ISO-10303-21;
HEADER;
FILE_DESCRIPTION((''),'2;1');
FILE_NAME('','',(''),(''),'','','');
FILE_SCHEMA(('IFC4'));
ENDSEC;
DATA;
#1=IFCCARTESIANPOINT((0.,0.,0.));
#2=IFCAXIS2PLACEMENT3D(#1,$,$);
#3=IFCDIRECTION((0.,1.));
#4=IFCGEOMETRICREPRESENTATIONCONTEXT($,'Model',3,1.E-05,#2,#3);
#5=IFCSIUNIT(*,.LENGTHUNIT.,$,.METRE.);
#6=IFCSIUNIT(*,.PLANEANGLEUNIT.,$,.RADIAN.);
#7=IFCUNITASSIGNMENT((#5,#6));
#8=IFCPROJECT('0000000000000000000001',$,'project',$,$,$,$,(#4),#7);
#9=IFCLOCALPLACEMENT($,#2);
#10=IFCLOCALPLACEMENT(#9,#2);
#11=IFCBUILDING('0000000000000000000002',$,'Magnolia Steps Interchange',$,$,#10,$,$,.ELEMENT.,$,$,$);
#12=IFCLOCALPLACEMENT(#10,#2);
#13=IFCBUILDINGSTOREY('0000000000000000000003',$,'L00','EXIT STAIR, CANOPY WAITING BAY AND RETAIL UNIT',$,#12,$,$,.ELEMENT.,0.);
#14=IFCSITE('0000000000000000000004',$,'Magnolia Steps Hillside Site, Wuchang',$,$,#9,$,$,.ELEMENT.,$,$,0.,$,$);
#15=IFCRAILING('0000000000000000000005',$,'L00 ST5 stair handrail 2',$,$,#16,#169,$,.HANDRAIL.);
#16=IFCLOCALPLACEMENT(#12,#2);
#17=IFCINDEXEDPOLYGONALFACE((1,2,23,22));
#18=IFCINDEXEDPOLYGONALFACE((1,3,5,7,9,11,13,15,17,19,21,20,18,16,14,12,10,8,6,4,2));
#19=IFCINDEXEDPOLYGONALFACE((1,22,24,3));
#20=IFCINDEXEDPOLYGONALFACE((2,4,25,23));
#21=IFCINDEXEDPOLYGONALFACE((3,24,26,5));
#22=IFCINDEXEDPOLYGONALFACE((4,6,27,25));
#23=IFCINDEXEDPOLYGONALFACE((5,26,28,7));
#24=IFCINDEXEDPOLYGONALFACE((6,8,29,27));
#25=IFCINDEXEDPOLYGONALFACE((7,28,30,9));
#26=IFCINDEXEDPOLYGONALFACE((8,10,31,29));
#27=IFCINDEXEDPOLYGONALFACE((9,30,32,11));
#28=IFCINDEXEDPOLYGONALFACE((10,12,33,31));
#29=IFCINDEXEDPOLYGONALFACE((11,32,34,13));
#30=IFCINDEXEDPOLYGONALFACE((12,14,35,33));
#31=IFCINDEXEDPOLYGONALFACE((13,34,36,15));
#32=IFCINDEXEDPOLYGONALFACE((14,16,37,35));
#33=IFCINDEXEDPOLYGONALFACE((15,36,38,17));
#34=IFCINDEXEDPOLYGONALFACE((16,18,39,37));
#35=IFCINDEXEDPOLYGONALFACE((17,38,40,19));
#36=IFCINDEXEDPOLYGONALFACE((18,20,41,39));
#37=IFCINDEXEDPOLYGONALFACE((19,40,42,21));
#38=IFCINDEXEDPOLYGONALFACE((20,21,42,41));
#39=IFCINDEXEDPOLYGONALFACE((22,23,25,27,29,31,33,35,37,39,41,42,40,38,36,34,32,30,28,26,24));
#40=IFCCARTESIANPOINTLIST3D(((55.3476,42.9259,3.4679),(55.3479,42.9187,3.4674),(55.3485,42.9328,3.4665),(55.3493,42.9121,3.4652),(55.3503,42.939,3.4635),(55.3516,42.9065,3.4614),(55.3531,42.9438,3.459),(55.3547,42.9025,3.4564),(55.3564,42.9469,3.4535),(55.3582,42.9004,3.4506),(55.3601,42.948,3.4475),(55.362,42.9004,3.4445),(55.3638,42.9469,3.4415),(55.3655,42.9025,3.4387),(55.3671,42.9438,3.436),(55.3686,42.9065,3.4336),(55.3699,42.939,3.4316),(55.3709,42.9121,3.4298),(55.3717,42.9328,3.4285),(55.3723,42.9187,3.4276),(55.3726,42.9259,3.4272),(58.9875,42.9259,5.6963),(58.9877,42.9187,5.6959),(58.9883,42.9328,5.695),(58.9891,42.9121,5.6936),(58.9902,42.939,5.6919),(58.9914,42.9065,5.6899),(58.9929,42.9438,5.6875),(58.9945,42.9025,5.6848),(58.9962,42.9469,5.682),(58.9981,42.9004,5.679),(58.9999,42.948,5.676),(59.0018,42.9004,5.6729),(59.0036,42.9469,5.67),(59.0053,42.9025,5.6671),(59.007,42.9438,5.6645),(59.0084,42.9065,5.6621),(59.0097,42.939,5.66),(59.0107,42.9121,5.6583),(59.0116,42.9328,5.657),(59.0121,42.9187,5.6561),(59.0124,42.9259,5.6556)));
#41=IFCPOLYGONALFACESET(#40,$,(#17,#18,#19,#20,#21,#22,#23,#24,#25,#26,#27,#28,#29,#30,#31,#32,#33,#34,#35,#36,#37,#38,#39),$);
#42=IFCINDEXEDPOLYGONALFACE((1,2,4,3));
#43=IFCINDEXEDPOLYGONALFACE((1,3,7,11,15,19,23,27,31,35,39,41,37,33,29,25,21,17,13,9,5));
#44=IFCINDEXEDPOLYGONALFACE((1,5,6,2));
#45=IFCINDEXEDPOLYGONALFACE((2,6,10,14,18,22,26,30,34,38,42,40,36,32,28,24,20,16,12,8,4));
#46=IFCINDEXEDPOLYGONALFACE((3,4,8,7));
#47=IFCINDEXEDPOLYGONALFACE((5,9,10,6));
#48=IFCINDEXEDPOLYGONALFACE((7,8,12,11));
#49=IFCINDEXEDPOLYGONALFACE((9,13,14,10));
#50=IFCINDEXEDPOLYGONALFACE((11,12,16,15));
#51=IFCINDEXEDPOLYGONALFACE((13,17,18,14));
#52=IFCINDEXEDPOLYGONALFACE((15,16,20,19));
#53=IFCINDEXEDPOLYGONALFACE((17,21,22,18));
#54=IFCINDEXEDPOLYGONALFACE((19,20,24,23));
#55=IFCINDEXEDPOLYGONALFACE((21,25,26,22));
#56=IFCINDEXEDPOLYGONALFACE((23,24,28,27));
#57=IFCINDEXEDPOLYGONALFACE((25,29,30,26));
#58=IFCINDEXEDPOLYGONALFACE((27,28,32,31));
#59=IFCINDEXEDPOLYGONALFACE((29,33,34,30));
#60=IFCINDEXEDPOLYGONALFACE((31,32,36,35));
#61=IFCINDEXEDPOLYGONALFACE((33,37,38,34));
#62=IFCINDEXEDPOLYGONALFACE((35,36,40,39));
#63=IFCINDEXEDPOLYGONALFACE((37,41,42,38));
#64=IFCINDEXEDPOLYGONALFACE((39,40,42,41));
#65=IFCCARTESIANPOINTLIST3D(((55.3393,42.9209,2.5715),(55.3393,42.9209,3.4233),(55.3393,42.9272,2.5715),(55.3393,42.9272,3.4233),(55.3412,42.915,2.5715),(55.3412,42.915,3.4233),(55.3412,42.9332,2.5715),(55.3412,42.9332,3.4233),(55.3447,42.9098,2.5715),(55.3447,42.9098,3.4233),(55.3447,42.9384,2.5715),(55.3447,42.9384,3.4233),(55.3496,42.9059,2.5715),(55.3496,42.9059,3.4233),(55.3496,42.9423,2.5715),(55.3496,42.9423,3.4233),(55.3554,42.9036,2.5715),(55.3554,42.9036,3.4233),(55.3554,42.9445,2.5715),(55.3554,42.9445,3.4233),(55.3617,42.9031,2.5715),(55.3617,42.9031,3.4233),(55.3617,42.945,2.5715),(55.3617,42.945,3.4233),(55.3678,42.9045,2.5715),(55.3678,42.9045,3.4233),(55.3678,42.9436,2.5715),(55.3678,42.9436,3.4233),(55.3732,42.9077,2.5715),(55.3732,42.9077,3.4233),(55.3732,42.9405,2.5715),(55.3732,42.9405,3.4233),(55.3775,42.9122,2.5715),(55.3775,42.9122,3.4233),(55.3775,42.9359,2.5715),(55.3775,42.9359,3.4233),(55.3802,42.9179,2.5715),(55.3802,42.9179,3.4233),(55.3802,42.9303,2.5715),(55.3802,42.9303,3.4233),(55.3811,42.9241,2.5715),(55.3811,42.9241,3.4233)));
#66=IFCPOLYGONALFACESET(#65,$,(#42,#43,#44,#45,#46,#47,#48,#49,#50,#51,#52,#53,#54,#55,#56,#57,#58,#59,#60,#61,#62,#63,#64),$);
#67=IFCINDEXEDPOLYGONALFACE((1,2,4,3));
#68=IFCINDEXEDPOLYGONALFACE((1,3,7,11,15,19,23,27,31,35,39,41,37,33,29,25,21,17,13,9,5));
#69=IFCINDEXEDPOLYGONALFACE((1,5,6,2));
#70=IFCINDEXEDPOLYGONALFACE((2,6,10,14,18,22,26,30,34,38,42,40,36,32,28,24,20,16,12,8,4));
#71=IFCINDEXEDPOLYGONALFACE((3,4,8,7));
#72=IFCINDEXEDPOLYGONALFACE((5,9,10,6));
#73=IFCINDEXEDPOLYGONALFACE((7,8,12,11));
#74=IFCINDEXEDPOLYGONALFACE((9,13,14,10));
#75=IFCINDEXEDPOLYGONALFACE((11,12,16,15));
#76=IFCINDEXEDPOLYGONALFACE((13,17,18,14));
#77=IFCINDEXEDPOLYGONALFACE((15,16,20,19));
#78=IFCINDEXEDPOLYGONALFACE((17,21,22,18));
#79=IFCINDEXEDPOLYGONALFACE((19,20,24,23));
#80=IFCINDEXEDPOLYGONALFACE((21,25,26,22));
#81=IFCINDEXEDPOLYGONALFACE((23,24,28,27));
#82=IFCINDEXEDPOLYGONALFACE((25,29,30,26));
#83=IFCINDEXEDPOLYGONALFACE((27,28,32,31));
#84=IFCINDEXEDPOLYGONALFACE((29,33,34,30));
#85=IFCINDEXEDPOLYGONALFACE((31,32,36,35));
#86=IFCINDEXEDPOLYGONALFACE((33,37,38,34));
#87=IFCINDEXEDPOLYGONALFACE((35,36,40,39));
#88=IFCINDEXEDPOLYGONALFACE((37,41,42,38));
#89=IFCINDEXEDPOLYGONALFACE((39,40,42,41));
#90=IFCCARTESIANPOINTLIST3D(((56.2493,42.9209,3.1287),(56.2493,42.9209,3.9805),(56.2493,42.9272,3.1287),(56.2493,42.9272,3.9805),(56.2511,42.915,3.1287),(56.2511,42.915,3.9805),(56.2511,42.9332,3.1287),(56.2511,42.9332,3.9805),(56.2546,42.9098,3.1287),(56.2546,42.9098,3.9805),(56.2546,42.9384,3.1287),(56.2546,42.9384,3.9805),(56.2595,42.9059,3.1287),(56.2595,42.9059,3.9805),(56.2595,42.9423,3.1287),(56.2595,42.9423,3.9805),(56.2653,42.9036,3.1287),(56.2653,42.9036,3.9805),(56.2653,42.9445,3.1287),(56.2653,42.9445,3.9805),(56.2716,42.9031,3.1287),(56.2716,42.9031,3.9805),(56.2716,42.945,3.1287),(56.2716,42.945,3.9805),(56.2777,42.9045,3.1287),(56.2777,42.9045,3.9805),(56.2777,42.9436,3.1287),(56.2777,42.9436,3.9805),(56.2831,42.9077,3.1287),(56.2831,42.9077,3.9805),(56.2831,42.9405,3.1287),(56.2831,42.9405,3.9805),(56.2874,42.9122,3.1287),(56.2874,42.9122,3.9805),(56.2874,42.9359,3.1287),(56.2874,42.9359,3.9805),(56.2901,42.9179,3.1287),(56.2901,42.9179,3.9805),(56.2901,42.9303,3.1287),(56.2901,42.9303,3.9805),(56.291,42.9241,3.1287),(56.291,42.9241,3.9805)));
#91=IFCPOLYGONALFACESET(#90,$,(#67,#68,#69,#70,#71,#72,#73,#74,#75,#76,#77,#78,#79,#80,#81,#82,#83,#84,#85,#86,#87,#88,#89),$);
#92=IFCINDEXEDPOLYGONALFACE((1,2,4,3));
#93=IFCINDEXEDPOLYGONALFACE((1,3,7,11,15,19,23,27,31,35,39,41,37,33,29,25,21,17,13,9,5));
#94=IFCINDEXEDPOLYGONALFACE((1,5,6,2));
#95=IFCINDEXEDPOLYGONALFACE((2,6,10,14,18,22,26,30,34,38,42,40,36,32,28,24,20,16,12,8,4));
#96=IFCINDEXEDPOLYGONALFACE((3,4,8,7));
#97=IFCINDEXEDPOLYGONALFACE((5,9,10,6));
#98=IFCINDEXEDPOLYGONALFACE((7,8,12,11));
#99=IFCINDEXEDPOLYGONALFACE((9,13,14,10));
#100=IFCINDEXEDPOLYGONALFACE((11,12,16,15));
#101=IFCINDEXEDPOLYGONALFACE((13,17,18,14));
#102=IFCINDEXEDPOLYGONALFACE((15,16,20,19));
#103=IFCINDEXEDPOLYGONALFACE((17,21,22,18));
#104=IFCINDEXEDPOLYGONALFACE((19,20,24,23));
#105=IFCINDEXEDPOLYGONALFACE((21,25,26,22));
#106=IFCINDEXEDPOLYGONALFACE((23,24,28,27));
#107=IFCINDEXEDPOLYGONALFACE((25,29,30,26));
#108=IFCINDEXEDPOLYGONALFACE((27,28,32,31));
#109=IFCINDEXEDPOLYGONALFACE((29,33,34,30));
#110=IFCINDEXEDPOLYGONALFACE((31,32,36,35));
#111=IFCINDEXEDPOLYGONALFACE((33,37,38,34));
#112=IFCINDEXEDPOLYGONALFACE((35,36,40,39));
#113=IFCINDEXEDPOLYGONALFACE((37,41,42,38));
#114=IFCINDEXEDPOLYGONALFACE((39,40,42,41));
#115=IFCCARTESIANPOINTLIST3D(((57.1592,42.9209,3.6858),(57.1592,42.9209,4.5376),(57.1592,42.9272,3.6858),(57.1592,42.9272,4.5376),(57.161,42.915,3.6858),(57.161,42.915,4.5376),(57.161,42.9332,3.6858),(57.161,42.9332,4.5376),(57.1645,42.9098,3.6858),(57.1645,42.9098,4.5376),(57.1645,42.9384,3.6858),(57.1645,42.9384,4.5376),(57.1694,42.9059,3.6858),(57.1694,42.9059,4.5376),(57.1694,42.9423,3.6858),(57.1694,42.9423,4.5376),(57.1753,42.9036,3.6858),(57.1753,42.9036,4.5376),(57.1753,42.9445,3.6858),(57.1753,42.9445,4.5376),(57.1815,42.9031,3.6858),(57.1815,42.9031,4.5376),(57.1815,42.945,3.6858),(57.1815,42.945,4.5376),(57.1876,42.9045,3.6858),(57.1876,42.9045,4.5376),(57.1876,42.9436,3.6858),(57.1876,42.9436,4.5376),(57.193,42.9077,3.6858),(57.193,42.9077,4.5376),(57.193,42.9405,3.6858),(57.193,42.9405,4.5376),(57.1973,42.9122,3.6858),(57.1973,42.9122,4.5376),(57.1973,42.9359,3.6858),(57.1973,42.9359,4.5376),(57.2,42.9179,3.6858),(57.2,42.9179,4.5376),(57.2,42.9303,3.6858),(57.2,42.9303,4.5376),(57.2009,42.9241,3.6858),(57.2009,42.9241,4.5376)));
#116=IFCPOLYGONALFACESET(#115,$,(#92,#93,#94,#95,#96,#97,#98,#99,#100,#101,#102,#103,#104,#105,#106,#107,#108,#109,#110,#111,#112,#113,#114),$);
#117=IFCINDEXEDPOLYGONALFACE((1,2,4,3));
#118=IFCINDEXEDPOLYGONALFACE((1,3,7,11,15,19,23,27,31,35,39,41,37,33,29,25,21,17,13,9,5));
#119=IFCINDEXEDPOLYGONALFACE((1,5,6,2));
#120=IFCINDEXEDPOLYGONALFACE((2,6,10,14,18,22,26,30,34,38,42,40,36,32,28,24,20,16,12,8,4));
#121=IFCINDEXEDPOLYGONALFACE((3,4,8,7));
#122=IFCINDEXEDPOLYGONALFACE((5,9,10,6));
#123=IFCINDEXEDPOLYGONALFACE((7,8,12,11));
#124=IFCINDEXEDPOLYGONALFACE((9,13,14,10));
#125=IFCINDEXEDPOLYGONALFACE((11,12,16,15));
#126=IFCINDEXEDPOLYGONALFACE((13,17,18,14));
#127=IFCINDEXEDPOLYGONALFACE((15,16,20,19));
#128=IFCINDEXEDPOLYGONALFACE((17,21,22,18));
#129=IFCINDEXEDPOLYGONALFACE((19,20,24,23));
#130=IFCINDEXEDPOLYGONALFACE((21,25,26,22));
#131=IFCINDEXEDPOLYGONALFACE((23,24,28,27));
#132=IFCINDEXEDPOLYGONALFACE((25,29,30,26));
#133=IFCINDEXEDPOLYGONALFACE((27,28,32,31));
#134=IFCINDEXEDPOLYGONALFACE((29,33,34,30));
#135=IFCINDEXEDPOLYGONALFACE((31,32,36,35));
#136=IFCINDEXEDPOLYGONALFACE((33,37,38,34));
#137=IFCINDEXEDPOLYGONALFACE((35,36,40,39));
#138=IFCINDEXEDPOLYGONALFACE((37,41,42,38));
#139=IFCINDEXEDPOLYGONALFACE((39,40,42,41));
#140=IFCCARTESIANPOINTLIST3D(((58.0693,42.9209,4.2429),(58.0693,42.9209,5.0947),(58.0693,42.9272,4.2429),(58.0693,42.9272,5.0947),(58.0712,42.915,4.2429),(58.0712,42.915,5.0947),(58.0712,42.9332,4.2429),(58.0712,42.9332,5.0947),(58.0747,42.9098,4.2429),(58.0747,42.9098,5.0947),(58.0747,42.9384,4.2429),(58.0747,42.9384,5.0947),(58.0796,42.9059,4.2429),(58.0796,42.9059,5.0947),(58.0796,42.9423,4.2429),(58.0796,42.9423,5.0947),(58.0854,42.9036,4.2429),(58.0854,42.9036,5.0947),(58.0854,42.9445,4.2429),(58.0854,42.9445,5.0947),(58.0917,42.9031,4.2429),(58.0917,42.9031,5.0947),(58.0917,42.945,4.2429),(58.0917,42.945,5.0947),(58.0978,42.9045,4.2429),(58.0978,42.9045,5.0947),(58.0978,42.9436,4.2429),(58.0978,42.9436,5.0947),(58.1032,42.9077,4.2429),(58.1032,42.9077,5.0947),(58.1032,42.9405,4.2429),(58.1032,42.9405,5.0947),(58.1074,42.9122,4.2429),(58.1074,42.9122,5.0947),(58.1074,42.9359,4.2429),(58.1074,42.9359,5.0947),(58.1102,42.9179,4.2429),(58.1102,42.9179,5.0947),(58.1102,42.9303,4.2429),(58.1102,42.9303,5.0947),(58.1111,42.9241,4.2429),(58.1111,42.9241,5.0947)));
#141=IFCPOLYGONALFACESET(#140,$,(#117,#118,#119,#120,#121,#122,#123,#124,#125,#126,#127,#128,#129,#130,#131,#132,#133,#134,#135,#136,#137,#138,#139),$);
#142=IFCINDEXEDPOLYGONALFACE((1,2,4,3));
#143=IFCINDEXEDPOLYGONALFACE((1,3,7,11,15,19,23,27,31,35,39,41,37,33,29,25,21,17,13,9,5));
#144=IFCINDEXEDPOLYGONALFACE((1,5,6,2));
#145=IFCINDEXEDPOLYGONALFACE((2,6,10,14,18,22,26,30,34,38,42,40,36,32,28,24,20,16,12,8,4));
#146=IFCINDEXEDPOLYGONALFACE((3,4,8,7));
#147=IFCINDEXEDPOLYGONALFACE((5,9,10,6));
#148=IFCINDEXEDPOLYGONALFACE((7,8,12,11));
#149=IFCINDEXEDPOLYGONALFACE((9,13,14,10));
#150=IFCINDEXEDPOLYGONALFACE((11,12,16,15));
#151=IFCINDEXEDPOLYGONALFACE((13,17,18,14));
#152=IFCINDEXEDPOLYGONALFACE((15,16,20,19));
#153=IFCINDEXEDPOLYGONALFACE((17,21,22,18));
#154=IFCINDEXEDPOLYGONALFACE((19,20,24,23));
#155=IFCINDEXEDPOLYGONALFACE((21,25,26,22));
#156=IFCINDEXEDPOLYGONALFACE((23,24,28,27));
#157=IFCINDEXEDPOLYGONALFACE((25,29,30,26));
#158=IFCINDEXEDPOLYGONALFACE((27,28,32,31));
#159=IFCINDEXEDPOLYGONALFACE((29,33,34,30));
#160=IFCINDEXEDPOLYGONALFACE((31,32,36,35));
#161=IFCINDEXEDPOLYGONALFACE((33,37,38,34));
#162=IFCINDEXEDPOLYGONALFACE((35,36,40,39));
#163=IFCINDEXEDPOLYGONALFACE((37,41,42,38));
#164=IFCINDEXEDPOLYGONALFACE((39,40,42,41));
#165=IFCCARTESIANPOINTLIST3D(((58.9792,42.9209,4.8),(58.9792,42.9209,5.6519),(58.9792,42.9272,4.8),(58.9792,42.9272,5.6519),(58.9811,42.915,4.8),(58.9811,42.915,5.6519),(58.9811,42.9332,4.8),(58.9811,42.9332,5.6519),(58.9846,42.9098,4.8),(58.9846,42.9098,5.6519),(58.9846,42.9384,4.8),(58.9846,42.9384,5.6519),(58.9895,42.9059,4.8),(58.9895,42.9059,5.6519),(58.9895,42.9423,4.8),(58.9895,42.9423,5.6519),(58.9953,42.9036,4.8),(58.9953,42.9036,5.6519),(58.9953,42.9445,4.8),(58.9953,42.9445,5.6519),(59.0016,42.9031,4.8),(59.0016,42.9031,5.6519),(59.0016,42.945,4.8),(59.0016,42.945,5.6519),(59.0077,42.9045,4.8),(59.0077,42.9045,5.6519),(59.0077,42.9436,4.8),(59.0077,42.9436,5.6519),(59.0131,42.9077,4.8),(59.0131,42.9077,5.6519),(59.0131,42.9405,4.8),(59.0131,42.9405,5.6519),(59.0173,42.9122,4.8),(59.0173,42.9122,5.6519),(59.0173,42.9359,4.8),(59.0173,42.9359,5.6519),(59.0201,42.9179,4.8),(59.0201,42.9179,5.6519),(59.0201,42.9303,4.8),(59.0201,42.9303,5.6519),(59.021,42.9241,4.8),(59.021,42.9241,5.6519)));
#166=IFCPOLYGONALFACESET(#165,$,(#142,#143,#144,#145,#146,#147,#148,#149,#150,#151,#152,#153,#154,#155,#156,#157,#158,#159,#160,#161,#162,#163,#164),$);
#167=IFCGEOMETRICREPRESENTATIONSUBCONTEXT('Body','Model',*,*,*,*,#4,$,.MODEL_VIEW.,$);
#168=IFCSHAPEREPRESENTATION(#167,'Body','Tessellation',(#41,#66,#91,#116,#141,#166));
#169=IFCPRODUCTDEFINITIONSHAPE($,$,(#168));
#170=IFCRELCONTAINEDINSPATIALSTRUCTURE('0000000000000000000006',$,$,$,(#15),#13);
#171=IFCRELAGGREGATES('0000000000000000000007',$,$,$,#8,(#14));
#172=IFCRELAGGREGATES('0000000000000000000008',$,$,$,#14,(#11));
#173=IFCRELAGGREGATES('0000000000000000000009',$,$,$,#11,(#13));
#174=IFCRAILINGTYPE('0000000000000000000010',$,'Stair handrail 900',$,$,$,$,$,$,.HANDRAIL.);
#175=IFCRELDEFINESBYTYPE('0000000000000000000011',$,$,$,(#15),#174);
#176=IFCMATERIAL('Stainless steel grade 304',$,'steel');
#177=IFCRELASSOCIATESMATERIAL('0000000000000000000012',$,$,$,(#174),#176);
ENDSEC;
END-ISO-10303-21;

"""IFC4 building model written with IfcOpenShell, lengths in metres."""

from ifc_helpers import new_model, si_unit, direction, frame, origin, origin_2d, place, context, subcontext, project, spatial, circle, extrude, material, type_object, element, save


model = new_model("IFC4")

# Units and contexts
model_context = context("Model", 3, precision=1e-05, world=origin(), true_north=direction((0.0, 1.0)))
body_context = subcontext(model_context, "Body", "Model", "MODEL_VIEW")
ifc_project = project(units=[si_unit("LENGTHUNIT", "METRE"), si_unit("PLANEANGLEUNIT", "RADIAN")], contexts=[model_context])

# Site, building, storey
site_placement = place(None, origin())
site = spatial("IfcSite", under=ifc_project, at=site_placement, Name="Magnolia Steps Hillside Site, Wuchang", CompositionType="ELEMENT", RefElevation=0.0)
building_placement = place(site_placement, origin())
building = spatial("IfcBuilding", under=site, at=building_placement, Name="Magnolia Steps Interchange", CompositionType="ELEMENT")
storey_placement = place(building_placement, origin())
storey = spatial("IfcBuildingStorey", under=building, at=storey_placement, Name="L00", Description="EXIT STAIR, CANOPY WAITING BAY AND RETAIL UNIT", CompositionType="ELEMENT", Elevation=0.0)

# Railing
ifc_material_1 = material(Name="Stainless steel grade 304", Category="steel")
railing_type_1 = type_object("IfcRailingType", Name="Stair handrail 900", PredefinedType="HANDRAIL", material=ifc_material_1)
for number, where, name in (
    (1, (55.3601, 42.9241, 2.5715), "L00 ST5 stair handrail 2"),
):
    element("IfcRailing", number, at=place(storey_placement, frame(where)), inside=storey, type_object=railing_type_1, Name=name, PredefinedType="HANDRAIL", context=body_context, shape_type="SweptSolid", body=[
        extrude(circle(Radius=0.0239, at=origin_2d()), frame((0.0, 0.0, 0.876), z_axis=(0.85285, 0.0, 0.522156), x_axis=(0.0, 1.0, 0.0)), (0.0, 0.0, 1.0), 4.2678),
        extrude(circle(Radius=0.021, at=origin_2d()), origin(), (0.0, 0.0, 1.0), 0.8518),
        extrude(circle(Radius=0.021, at=origin_2d()), frame((0.9099, 0.0, 0.5571)), (0.0, 0.0, 1.0), 0.8518),
        extrude(circle(Radius=0.021, at=origin_2d()), frame((1.8198, 0.0, 1.1143)), (0.0, 0.0, 1.0), 0.8518),
        extrude(circle(Radius=0.021, at=origin_2d()), frame((2.73, 0.0, 1.6714)), (0.0, 0.0, 1.0), 0.8518),
        extrude(circle(Radius=0.021, at=origin_2d()), frame((3.6399, 0.0, 2.2285)), (0.0, 0.0, 1.0), 0.8518),
    ])

save(model, "model.ifc")
